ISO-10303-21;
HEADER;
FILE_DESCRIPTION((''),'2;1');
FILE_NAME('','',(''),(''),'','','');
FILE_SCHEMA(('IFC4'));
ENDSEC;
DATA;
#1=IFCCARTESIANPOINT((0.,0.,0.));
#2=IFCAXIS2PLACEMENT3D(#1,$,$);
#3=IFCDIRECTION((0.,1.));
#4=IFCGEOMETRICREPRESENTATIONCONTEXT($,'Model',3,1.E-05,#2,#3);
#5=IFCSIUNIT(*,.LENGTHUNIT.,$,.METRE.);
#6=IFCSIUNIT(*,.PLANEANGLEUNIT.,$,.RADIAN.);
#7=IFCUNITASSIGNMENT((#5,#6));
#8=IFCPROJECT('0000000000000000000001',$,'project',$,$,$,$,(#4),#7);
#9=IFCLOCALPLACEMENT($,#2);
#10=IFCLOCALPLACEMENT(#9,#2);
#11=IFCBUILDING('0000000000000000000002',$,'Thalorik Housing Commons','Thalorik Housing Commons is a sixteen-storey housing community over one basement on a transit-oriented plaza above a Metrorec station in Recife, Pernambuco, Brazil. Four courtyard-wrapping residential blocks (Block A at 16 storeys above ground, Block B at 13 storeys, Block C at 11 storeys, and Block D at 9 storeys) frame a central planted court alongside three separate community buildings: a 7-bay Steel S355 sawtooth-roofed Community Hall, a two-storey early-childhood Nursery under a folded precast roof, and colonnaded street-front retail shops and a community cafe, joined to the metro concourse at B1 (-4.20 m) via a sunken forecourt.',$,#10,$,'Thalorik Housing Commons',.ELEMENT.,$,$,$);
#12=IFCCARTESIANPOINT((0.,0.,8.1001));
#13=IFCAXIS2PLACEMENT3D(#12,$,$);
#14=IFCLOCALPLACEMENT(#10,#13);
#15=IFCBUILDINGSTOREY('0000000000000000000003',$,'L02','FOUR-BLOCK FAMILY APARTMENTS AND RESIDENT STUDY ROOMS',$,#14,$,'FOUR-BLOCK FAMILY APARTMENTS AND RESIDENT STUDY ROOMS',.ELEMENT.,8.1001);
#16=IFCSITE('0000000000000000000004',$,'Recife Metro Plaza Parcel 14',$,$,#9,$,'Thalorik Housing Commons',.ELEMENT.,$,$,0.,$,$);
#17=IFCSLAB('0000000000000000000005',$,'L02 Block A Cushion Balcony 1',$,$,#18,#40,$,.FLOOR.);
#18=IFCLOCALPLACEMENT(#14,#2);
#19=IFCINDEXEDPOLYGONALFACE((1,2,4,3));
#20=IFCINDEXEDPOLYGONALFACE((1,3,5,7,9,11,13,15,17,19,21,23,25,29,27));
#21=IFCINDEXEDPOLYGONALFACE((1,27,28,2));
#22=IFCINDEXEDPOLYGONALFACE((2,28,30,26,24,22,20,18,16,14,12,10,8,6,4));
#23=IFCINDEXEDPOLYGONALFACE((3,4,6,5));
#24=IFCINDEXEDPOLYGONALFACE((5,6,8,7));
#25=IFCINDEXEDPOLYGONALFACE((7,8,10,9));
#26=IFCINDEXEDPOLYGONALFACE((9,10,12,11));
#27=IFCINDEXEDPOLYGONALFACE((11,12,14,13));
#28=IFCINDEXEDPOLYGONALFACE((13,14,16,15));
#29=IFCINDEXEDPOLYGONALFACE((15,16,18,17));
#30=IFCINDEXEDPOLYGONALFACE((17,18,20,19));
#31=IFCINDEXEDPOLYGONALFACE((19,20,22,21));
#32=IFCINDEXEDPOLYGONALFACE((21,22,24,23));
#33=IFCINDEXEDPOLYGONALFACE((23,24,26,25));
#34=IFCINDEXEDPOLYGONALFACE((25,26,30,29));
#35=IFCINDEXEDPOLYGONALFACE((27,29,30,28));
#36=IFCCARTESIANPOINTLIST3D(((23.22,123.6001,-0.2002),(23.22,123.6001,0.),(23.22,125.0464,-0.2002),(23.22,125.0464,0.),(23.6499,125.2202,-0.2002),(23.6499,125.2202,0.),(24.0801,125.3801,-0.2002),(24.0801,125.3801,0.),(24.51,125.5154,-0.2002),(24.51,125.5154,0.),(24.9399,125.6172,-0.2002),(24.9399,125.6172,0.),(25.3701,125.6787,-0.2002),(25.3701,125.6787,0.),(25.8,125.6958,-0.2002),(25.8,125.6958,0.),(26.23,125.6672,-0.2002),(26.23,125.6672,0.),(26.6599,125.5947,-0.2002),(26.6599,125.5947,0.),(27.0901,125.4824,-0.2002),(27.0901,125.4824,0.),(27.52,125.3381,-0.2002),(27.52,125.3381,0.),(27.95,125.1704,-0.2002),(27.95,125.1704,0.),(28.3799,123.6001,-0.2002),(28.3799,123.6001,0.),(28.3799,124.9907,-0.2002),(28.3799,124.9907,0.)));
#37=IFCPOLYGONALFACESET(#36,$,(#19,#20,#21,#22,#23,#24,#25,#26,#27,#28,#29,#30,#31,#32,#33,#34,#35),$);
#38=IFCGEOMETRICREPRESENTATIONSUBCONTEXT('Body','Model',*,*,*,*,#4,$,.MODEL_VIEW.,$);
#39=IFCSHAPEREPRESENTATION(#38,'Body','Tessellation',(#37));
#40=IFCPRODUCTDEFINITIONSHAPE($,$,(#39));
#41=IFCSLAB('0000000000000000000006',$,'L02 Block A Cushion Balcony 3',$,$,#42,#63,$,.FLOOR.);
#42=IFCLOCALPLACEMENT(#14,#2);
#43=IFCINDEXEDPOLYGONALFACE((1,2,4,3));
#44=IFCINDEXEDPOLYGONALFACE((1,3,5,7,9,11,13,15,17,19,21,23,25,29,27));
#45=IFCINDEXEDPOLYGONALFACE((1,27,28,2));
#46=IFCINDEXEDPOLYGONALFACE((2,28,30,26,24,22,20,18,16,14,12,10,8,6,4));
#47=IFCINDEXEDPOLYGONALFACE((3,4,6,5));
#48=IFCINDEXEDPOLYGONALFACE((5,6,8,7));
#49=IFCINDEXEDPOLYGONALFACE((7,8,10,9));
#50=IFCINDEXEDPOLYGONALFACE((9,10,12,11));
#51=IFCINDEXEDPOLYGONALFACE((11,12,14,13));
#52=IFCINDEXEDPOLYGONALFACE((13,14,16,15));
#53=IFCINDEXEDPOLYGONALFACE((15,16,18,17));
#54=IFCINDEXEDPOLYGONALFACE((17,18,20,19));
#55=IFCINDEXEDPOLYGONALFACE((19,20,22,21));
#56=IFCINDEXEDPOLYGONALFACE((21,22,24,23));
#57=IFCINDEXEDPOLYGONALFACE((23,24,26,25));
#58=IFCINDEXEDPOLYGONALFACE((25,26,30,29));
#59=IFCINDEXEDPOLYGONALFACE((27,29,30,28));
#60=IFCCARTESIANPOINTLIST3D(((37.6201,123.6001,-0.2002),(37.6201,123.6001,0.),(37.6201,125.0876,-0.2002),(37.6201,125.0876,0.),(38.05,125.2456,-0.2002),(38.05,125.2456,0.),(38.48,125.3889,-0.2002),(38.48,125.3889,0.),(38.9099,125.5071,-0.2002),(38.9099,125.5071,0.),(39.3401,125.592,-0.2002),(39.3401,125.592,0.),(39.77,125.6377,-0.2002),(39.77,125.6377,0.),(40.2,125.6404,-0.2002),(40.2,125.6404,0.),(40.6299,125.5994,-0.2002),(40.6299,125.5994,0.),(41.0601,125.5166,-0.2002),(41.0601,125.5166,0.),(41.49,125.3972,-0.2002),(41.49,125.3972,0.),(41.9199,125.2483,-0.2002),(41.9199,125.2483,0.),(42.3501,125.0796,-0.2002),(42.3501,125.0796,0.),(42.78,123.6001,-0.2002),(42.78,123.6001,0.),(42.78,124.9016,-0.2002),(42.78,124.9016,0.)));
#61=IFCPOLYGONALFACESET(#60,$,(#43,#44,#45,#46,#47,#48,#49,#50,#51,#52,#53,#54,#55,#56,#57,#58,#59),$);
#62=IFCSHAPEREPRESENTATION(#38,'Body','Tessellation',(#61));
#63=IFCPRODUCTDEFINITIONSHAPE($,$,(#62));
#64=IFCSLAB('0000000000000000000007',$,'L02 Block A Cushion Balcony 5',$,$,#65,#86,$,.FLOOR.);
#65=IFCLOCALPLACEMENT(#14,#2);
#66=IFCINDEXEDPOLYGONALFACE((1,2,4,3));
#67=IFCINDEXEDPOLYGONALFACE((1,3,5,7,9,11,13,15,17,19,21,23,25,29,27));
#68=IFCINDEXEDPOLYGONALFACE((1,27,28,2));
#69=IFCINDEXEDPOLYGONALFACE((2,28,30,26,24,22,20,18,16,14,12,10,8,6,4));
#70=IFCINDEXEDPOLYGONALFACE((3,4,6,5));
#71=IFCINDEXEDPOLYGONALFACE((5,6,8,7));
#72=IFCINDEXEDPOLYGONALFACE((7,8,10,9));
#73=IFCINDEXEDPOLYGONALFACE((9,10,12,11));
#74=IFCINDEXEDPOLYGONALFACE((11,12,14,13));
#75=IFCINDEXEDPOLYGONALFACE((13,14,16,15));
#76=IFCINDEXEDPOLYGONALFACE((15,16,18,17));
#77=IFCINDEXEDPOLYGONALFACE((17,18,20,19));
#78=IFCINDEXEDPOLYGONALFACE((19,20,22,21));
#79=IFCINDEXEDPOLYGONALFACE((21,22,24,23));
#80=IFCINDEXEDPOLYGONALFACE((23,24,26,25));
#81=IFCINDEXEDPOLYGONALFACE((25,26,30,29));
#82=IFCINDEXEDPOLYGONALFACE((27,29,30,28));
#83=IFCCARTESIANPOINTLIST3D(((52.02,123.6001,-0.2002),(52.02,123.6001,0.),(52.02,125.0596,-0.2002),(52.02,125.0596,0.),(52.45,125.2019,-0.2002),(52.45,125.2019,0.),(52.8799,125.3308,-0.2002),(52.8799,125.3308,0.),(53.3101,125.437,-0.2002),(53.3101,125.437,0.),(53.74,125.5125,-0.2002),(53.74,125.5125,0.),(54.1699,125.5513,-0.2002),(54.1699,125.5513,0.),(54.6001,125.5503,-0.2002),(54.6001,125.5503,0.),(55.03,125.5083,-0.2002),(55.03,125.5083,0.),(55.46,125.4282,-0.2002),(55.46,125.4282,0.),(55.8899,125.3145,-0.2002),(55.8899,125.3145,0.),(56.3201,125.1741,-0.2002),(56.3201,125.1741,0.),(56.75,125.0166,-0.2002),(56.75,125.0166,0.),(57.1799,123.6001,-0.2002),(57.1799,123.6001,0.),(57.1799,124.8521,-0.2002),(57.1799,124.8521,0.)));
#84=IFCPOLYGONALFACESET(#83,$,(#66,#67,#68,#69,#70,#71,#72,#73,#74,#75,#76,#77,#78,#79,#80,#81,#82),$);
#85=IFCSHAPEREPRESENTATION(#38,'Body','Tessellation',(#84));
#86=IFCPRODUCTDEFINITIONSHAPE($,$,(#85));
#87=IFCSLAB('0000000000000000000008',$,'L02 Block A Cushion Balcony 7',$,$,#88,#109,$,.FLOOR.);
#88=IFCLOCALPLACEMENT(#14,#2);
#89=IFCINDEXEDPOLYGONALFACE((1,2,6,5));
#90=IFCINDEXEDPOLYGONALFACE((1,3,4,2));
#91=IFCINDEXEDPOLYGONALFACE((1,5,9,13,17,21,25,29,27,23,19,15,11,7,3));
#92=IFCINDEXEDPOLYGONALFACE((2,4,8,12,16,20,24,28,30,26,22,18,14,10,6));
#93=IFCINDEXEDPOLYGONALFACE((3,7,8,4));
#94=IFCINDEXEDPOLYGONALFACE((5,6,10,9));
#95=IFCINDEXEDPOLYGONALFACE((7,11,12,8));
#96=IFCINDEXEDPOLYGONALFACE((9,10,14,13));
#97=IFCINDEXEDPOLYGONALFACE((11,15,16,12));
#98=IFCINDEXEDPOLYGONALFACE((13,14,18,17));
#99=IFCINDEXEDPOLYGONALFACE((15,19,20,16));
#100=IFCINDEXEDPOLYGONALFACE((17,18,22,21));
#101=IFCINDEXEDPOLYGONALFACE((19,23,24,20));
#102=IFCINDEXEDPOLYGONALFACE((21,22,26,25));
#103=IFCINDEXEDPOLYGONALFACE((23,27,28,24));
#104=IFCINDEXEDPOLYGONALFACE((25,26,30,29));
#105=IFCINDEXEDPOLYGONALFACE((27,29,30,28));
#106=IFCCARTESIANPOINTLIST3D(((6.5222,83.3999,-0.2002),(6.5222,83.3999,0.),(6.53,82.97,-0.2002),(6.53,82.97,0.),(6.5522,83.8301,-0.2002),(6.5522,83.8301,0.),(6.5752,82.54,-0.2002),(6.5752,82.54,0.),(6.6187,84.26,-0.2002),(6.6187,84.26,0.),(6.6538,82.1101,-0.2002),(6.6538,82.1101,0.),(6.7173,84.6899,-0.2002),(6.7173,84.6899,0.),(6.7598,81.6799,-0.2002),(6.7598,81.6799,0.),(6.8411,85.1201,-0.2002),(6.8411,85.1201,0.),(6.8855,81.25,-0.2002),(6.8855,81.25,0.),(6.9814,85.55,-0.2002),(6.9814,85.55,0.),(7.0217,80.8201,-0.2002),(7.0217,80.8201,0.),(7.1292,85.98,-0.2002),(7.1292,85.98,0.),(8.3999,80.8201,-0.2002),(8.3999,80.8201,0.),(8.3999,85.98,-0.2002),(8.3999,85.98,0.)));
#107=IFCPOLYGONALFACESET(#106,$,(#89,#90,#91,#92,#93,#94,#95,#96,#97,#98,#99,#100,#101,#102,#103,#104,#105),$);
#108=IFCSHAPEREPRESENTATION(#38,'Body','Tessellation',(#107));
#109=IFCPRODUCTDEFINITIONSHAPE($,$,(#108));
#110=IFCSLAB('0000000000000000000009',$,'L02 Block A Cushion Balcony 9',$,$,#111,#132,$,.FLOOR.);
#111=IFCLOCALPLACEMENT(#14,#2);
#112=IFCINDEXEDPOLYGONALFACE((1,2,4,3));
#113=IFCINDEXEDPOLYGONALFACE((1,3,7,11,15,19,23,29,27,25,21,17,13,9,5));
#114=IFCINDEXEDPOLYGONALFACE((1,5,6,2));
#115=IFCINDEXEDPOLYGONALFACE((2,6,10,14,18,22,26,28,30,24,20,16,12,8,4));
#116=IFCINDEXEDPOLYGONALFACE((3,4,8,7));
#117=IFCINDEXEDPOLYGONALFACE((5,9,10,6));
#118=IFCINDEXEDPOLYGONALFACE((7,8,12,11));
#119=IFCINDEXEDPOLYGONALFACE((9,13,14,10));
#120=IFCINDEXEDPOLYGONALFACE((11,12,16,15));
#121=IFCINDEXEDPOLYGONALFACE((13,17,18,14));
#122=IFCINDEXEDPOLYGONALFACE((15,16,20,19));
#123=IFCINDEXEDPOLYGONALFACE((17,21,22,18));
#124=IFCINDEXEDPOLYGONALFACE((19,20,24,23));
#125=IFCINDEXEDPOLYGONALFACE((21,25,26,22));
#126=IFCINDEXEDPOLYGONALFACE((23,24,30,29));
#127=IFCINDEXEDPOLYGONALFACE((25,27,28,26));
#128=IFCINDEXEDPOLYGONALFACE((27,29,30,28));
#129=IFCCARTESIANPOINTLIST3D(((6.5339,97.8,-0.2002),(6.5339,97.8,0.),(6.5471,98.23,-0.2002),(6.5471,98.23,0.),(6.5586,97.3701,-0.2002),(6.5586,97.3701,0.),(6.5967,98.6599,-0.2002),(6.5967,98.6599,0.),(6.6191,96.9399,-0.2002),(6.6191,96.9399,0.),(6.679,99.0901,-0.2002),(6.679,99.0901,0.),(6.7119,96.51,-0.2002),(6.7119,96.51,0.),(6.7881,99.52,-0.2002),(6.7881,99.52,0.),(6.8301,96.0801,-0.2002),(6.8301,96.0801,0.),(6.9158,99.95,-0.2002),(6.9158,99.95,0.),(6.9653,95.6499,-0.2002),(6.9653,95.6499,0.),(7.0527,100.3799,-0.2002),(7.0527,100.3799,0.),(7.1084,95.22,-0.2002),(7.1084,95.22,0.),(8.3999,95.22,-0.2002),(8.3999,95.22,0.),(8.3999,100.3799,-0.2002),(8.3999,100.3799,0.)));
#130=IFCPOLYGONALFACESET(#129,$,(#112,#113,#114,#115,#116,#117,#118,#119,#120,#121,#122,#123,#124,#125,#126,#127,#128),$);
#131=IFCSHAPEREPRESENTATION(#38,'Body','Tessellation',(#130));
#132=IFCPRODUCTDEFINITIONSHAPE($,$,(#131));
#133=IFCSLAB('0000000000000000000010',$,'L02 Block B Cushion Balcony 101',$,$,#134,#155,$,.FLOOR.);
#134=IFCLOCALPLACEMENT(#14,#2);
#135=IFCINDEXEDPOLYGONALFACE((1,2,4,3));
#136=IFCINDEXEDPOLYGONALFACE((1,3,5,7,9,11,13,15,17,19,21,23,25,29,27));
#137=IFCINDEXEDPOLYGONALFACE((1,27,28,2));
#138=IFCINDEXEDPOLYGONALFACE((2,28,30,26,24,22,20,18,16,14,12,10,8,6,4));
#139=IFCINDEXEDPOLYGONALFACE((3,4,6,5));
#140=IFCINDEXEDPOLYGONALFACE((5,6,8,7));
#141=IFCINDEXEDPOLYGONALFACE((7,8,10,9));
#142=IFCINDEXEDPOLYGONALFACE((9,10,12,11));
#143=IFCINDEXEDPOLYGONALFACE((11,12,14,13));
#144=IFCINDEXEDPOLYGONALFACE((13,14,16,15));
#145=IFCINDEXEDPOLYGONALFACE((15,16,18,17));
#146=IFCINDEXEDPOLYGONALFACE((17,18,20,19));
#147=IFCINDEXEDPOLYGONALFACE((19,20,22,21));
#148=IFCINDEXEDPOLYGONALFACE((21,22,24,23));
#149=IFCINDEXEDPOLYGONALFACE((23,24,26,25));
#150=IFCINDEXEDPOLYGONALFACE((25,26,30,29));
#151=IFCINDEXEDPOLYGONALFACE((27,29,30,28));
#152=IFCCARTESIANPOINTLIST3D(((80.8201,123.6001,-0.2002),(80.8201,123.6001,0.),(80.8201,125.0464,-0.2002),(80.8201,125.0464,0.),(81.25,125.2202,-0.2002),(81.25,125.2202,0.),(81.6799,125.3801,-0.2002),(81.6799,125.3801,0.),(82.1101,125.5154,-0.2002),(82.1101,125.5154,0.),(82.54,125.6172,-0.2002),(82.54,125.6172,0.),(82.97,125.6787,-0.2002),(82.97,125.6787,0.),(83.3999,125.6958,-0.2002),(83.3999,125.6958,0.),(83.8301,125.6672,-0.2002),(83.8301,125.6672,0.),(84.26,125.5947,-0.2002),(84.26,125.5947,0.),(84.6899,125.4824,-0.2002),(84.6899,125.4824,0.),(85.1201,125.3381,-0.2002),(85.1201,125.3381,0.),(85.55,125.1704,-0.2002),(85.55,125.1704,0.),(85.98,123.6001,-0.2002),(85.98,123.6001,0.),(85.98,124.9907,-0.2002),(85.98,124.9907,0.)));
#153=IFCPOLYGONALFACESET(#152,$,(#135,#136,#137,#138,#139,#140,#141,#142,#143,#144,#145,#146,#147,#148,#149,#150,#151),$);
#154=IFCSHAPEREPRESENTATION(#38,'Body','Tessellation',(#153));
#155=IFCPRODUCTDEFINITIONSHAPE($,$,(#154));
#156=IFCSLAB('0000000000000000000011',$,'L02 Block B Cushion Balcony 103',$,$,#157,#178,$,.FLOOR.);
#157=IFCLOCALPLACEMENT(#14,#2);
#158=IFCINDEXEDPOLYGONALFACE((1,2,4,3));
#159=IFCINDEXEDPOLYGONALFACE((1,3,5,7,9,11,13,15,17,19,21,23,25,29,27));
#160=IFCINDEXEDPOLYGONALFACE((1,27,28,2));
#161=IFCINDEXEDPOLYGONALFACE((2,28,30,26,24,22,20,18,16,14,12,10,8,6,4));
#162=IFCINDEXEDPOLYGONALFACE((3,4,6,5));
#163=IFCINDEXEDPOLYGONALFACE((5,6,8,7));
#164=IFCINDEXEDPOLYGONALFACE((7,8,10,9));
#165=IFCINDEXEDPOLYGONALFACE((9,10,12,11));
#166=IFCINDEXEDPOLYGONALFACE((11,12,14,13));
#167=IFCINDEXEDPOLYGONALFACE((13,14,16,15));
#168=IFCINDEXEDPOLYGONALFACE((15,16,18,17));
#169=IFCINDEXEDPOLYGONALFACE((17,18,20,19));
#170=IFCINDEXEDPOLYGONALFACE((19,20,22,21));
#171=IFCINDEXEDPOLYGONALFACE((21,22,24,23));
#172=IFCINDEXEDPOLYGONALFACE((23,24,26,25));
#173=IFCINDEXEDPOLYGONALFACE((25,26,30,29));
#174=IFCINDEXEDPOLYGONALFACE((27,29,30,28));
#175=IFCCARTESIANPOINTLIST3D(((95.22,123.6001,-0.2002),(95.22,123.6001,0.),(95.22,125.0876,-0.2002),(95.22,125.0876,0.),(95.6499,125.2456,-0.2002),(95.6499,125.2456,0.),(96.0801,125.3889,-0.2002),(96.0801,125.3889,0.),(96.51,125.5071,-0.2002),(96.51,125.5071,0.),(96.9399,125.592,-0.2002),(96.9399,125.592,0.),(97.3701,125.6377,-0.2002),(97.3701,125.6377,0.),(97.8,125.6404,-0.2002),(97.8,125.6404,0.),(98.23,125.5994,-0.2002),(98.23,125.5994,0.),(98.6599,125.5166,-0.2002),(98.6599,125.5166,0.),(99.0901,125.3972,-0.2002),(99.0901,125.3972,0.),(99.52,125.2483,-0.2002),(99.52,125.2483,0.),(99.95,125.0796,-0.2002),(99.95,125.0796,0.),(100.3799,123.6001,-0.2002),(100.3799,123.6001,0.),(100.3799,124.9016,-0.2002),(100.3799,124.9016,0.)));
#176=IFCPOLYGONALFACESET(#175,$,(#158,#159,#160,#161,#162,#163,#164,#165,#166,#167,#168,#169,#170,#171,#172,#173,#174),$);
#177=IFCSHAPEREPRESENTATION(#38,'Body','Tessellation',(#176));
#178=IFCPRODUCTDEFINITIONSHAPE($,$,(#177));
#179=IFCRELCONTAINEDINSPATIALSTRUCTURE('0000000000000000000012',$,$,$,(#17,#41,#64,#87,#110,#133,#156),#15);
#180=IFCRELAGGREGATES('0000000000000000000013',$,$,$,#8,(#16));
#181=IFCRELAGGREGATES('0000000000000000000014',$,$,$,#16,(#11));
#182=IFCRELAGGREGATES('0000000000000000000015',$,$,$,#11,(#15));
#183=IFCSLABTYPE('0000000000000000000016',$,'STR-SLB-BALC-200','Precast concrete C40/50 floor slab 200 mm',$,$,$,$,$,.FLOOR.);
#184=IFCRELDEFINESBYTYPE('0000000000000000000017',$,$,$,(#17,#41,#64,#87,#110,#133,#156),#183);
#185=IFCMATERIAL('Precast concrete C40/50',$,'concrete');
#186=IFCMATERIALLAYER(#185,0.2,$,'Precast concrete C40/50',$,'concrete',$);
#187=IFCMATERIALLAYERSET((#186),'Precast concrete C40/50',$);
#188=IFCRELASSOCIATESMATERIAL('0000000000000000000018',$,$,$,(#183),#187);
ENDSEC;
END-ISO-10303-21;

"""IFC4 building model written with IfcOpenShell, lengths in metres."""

from ifc_helpers import new_model, si_unit, direction, frame, origin, place, context, subcontext, project, spatial, polyline, outline, extrude, material, layer, layer_set, type_object, element, save


model = new_model("IFC4")

# Units and contexts
model_context = context("Model", 3, precision=1e-05, world=origin(), true_north=direction((0.0, 1.0)))
body_context = subcontext(model_context, "Body", "Model", "MODEL_VIEW")
ifc_project = project(units=[si_unit("LENGTHUNIT", "METRE"), si_unit("PLANEANGLEUNIT", "RADIAN")], contexts=[model_context])

# Site, building, storey
site_placement = place(None, origin())
site = spatial("IfcSite", under=ifc_project, at=site_placement, Name="Recife Metro Plaza Parcel 14", LongName="Thalorik Housing Commons", CompositionType="ELEMENT", RefElevation=0.0)
building_placement = place(site_placement, origin())
building = spatial("IfcBuilding", under=site, at=building_placement, Name="Thalorik Housing Commons", Description="Thalorik Housing Commons is a sixteen-storey housing community over one basement on a transit-oriented plaza above a Metrorec station in Recife, Pernambuco, Brazil. Four courtyard-wrapping residential blocks (Block A at 16 storeys above ground, Block B at 13 storeys, Block C at 11 storeys, and Block D at 9 storeys) frame a central planted court alongside three separate community buildings: a 7-bay Steel S355 sawtooth-roofed Community Hall, a two-storey early-childhood Nursery under a folded precast roof, and colonnaded street-front retail shops and a community cafe, joined to the metro concourse at B1 (-4.20 m) via a sunken forecourt.", LongName="Thalorik Housing Commons", CompositionType="ELEMENT")
storey_placement = place(building_placement, frame((0.0, 0.0, 8.1001)))
storey = spatial("IfcBuildingStorey", under=building, at=storey_placement, Name="L02", Description="FOUR-BLOCK FAMILY APARTMENTS AND RESIDENT STUDY ROOMS", LongName="FOUR-BLOCK FAMILY APARTMENTS AND RESIDENT STUDY ROOMS", CompositionType="ELEMENT", Elevation=8.1001)

# Slabs
ifc_material_1 = material(Name="Precast concrete C40/50", Category="concrete")
ifc_layer_1 = layer(ifc_material_1, 0.2, Name="Precast concrete C40/50", Category="concrete")
ifc_layer_set_1 = layer_set([ifc_layer_1], Name="Precast concrete C40/50")
slab_type_1 = type_object("IfcSlabType", Name="STR-SLB-BALC-200", Description="Precast concrete C40/50 floor slab 200 mm", PredefinedType="FLOOR", material=ifc_layer_set_1)
slab_1_placement = place(storey_placement, frame((0.0, 0.0, -0.2002)))
element("IfcSlab", 1, at=slab_1_placement, inside=storey, type_object=slab_type_1, Name="L02 Block A Cushion Balcony 1", PredefinedType="FLOOR", context=body_context, shape_type="SweptSolid", body=[
    extrude(outline(polyline([(23.22, 123.6001), (28.3799, 123.6001), (28.3799, 124.9907), (27.95, 125.1704), (27.52, 125.3381), (27.0901, 125.4824), (26.6599, 125.5947), (26.23, 125.6672), (25.8, 125.6958), (25.3701, 125.6787), (24.9399, 125.6172), (24.51, 125.5154), (24.0801, 125.3801), (23.6499, 125.2202), (23.22, 125.0464), (23.22, 123.6001)])), origin(), (0.0, 0.0, 1.0), 0.2002),
])
slab_2_placement = place(storey_placement, frame((0.0, 0.0, -0.2002)))
element("IfcSlab", 2, at=slab_2_placement, inside=storey, type_object=slab_type_1, Name="L02 Block A Cushion Balcony 3", PredefinedType="FLOOR", context=body_context, shape_type="SweptSolid", body=[
    extrude(outline(polyline([(37.6201, 123.6001), (42.78, 123.6001), (42.78, 124.9016), (42.3501, 125.0796), (41.9199, 125.2483), (41.49, 125.3972), (41.0601, 125.5166), (40.6299, 125.5994), (40.2, 125.6404), (39.77, 125.6377), (39.3401, 125.592), (38.9099, 125.5071), (38.48, 125.3889), (38.05, 125.2456), (37.6201, 125.0876), (37.6201, 123.6001)])), origin(), (0.0, 0.0, 1.0), 0.2002),
])
slab_3_placement = place(storey_placement, frame((0.0, 0.0, -0.2002)))
element("IfcSlab", 3, at=slab_3_placement, inside=storey, type_object=slab_type_1, Name="L02 Block A Cushion Balcony 5", PredefinedType="FLOOR", context=body_context, shape_type="SweptSolid", body=[
    extrude(outline(polyline([(52.02, 123.6001), (57.1799, 123.6001), (57.1799, 124.8521), (56.75, 125.0166), (56.3201, 125.1741), (55.8899, 125.3145), (55.46, 125.4282), (55.03, 125.5083), (54.6001, 125.5503), (54.1699, 125.5513), (53.74, 125.5125), (53.3101, 125.437), (52.8799, 125.3308), (52.45, 125.2019), (52.02, 125.0596), (52.02, 123.6001)])), origin(), (0.0, 0.0, 1.0), 0.2002),
])
slab_4_placement = place(storey_placement, frame((0.0, 0.0, -0.2002)))
element("IfcSlab", 4, at=slab_4_placement, inside=storey, type_object=slab_type_1, Name="L02 Block A Cushion Balcony 7", PredefinedType="FLOOR", context=body_context, shape_type="SweptSolid", body=[
    extrude(outline(polyline([(8.3999, 80.8201), (8.3999, 85.98), (7.1292, 85.98), (6.9814, 85.55), (6.8411, 85.1201), (6.7173, 84.6899), (6.6187, 84.26), (6.5522, 83.8301), (6.5222, 83.3999), (6.53, 82.97), (6.5752, 82.54), (6.6538, 82.1101), (6.7598, 81.6799), (6.8855, 81.25), (7.0217, 80.8201), (8.3999, 80.8201)])), origin(), (0.0, 0.0, 1.0), 0.2002),
])
slab_5_placement = place(storey_placement, frame((0.0, 0.0, -0.2002)))
element("IfcSlab", 5, at=slab_5_placement, inside=storey, type_object=slab_type_1, Name="L02 Block A Cushion Balcony 9", PredefinedType="FLOOR", context=body_context, shape_type="SweptSolid", body=[
    extrude(outline(polyline([(8.3999, 95.22), (8.3999, 100.3799), (7.0527, 100.3799), (6.9158, 99.95), (6.7881, 99.52), (6.679, 99.0901), (6.5967, 98.6599), (6.5471, 98.23), (6.5339, 97.8), (6.5586, 97.3701), (6.6191, 96.9399), (6.7119, 96.51), (6.8301, 96.0801), (6.9653, 95.6499), (7.1084, 95.22), (8.3999, 95.22)])), origin(), (0.0, 0.0, 1.0), 0.2002),
])
slab_6_placement = place(storey_placement, frame((0.0, 0.0, -0.2002)))
element("IfcSlab", 6, at=slab_6_placement, inside=storey, type_object=slab_type_1, Name="L02 Block B Cushion Balcony 101", PredefinedType="FLOOR", context=body_context, shape_type="SweptSolid", body=[
    extrude(outline(polyline([(80.8201, 123.6001), (85.98, 123.6001), (85.98, 124.9907), (85.55, 125.1704), (85.1201, 125.3381), (84.6899, 125.4824), (84.26, 125.5947), (83.8301, 125.6672), (83.3999, 125.6958), (82.97, 125.6787), (82.54, 125.6172), (82.1101, 125.5154), (81.6799, 125.3801), (81.25, 125.2202), (80.8201, 125.0464), (80.8201, 123.6001)])), origin(), (0.0, 0.0, 1.0), 0.2002),
])
slab_7_placement = place(storey_placement, frame((0.0, 0.0, -0.2002)))
element("IfcSlab", 7, at=slab_7_placement, inside=storey, type_object=slab_type_1, Name="L02 Block B Cushion Balcony 103", PredefinedType="FLOOR", context=body_context, shape_type="SweptSolid", body=[
    extrude(outline(polyline([(95.22, 123.6001), (100.3799, 123.6001), (100.3799, 124.9016), (99.95, 125.0796), (99.52, 125.2483), (99.0901, 125.3972), (98.6599, 125.5166), (98.23, 125.5994), (97.8, 125.6404), (97.3701, 125.6377), (96.9399, 125.592), (96.51, 125.5071), (96.0801, 125.3889), (95.6499, 125.2456), (95.22, 125.0876), (95.22, 123.6001)])), origin(), (0.0, 0.0, 1.0), 0.2002),
])

save(model, "model.ifc")
